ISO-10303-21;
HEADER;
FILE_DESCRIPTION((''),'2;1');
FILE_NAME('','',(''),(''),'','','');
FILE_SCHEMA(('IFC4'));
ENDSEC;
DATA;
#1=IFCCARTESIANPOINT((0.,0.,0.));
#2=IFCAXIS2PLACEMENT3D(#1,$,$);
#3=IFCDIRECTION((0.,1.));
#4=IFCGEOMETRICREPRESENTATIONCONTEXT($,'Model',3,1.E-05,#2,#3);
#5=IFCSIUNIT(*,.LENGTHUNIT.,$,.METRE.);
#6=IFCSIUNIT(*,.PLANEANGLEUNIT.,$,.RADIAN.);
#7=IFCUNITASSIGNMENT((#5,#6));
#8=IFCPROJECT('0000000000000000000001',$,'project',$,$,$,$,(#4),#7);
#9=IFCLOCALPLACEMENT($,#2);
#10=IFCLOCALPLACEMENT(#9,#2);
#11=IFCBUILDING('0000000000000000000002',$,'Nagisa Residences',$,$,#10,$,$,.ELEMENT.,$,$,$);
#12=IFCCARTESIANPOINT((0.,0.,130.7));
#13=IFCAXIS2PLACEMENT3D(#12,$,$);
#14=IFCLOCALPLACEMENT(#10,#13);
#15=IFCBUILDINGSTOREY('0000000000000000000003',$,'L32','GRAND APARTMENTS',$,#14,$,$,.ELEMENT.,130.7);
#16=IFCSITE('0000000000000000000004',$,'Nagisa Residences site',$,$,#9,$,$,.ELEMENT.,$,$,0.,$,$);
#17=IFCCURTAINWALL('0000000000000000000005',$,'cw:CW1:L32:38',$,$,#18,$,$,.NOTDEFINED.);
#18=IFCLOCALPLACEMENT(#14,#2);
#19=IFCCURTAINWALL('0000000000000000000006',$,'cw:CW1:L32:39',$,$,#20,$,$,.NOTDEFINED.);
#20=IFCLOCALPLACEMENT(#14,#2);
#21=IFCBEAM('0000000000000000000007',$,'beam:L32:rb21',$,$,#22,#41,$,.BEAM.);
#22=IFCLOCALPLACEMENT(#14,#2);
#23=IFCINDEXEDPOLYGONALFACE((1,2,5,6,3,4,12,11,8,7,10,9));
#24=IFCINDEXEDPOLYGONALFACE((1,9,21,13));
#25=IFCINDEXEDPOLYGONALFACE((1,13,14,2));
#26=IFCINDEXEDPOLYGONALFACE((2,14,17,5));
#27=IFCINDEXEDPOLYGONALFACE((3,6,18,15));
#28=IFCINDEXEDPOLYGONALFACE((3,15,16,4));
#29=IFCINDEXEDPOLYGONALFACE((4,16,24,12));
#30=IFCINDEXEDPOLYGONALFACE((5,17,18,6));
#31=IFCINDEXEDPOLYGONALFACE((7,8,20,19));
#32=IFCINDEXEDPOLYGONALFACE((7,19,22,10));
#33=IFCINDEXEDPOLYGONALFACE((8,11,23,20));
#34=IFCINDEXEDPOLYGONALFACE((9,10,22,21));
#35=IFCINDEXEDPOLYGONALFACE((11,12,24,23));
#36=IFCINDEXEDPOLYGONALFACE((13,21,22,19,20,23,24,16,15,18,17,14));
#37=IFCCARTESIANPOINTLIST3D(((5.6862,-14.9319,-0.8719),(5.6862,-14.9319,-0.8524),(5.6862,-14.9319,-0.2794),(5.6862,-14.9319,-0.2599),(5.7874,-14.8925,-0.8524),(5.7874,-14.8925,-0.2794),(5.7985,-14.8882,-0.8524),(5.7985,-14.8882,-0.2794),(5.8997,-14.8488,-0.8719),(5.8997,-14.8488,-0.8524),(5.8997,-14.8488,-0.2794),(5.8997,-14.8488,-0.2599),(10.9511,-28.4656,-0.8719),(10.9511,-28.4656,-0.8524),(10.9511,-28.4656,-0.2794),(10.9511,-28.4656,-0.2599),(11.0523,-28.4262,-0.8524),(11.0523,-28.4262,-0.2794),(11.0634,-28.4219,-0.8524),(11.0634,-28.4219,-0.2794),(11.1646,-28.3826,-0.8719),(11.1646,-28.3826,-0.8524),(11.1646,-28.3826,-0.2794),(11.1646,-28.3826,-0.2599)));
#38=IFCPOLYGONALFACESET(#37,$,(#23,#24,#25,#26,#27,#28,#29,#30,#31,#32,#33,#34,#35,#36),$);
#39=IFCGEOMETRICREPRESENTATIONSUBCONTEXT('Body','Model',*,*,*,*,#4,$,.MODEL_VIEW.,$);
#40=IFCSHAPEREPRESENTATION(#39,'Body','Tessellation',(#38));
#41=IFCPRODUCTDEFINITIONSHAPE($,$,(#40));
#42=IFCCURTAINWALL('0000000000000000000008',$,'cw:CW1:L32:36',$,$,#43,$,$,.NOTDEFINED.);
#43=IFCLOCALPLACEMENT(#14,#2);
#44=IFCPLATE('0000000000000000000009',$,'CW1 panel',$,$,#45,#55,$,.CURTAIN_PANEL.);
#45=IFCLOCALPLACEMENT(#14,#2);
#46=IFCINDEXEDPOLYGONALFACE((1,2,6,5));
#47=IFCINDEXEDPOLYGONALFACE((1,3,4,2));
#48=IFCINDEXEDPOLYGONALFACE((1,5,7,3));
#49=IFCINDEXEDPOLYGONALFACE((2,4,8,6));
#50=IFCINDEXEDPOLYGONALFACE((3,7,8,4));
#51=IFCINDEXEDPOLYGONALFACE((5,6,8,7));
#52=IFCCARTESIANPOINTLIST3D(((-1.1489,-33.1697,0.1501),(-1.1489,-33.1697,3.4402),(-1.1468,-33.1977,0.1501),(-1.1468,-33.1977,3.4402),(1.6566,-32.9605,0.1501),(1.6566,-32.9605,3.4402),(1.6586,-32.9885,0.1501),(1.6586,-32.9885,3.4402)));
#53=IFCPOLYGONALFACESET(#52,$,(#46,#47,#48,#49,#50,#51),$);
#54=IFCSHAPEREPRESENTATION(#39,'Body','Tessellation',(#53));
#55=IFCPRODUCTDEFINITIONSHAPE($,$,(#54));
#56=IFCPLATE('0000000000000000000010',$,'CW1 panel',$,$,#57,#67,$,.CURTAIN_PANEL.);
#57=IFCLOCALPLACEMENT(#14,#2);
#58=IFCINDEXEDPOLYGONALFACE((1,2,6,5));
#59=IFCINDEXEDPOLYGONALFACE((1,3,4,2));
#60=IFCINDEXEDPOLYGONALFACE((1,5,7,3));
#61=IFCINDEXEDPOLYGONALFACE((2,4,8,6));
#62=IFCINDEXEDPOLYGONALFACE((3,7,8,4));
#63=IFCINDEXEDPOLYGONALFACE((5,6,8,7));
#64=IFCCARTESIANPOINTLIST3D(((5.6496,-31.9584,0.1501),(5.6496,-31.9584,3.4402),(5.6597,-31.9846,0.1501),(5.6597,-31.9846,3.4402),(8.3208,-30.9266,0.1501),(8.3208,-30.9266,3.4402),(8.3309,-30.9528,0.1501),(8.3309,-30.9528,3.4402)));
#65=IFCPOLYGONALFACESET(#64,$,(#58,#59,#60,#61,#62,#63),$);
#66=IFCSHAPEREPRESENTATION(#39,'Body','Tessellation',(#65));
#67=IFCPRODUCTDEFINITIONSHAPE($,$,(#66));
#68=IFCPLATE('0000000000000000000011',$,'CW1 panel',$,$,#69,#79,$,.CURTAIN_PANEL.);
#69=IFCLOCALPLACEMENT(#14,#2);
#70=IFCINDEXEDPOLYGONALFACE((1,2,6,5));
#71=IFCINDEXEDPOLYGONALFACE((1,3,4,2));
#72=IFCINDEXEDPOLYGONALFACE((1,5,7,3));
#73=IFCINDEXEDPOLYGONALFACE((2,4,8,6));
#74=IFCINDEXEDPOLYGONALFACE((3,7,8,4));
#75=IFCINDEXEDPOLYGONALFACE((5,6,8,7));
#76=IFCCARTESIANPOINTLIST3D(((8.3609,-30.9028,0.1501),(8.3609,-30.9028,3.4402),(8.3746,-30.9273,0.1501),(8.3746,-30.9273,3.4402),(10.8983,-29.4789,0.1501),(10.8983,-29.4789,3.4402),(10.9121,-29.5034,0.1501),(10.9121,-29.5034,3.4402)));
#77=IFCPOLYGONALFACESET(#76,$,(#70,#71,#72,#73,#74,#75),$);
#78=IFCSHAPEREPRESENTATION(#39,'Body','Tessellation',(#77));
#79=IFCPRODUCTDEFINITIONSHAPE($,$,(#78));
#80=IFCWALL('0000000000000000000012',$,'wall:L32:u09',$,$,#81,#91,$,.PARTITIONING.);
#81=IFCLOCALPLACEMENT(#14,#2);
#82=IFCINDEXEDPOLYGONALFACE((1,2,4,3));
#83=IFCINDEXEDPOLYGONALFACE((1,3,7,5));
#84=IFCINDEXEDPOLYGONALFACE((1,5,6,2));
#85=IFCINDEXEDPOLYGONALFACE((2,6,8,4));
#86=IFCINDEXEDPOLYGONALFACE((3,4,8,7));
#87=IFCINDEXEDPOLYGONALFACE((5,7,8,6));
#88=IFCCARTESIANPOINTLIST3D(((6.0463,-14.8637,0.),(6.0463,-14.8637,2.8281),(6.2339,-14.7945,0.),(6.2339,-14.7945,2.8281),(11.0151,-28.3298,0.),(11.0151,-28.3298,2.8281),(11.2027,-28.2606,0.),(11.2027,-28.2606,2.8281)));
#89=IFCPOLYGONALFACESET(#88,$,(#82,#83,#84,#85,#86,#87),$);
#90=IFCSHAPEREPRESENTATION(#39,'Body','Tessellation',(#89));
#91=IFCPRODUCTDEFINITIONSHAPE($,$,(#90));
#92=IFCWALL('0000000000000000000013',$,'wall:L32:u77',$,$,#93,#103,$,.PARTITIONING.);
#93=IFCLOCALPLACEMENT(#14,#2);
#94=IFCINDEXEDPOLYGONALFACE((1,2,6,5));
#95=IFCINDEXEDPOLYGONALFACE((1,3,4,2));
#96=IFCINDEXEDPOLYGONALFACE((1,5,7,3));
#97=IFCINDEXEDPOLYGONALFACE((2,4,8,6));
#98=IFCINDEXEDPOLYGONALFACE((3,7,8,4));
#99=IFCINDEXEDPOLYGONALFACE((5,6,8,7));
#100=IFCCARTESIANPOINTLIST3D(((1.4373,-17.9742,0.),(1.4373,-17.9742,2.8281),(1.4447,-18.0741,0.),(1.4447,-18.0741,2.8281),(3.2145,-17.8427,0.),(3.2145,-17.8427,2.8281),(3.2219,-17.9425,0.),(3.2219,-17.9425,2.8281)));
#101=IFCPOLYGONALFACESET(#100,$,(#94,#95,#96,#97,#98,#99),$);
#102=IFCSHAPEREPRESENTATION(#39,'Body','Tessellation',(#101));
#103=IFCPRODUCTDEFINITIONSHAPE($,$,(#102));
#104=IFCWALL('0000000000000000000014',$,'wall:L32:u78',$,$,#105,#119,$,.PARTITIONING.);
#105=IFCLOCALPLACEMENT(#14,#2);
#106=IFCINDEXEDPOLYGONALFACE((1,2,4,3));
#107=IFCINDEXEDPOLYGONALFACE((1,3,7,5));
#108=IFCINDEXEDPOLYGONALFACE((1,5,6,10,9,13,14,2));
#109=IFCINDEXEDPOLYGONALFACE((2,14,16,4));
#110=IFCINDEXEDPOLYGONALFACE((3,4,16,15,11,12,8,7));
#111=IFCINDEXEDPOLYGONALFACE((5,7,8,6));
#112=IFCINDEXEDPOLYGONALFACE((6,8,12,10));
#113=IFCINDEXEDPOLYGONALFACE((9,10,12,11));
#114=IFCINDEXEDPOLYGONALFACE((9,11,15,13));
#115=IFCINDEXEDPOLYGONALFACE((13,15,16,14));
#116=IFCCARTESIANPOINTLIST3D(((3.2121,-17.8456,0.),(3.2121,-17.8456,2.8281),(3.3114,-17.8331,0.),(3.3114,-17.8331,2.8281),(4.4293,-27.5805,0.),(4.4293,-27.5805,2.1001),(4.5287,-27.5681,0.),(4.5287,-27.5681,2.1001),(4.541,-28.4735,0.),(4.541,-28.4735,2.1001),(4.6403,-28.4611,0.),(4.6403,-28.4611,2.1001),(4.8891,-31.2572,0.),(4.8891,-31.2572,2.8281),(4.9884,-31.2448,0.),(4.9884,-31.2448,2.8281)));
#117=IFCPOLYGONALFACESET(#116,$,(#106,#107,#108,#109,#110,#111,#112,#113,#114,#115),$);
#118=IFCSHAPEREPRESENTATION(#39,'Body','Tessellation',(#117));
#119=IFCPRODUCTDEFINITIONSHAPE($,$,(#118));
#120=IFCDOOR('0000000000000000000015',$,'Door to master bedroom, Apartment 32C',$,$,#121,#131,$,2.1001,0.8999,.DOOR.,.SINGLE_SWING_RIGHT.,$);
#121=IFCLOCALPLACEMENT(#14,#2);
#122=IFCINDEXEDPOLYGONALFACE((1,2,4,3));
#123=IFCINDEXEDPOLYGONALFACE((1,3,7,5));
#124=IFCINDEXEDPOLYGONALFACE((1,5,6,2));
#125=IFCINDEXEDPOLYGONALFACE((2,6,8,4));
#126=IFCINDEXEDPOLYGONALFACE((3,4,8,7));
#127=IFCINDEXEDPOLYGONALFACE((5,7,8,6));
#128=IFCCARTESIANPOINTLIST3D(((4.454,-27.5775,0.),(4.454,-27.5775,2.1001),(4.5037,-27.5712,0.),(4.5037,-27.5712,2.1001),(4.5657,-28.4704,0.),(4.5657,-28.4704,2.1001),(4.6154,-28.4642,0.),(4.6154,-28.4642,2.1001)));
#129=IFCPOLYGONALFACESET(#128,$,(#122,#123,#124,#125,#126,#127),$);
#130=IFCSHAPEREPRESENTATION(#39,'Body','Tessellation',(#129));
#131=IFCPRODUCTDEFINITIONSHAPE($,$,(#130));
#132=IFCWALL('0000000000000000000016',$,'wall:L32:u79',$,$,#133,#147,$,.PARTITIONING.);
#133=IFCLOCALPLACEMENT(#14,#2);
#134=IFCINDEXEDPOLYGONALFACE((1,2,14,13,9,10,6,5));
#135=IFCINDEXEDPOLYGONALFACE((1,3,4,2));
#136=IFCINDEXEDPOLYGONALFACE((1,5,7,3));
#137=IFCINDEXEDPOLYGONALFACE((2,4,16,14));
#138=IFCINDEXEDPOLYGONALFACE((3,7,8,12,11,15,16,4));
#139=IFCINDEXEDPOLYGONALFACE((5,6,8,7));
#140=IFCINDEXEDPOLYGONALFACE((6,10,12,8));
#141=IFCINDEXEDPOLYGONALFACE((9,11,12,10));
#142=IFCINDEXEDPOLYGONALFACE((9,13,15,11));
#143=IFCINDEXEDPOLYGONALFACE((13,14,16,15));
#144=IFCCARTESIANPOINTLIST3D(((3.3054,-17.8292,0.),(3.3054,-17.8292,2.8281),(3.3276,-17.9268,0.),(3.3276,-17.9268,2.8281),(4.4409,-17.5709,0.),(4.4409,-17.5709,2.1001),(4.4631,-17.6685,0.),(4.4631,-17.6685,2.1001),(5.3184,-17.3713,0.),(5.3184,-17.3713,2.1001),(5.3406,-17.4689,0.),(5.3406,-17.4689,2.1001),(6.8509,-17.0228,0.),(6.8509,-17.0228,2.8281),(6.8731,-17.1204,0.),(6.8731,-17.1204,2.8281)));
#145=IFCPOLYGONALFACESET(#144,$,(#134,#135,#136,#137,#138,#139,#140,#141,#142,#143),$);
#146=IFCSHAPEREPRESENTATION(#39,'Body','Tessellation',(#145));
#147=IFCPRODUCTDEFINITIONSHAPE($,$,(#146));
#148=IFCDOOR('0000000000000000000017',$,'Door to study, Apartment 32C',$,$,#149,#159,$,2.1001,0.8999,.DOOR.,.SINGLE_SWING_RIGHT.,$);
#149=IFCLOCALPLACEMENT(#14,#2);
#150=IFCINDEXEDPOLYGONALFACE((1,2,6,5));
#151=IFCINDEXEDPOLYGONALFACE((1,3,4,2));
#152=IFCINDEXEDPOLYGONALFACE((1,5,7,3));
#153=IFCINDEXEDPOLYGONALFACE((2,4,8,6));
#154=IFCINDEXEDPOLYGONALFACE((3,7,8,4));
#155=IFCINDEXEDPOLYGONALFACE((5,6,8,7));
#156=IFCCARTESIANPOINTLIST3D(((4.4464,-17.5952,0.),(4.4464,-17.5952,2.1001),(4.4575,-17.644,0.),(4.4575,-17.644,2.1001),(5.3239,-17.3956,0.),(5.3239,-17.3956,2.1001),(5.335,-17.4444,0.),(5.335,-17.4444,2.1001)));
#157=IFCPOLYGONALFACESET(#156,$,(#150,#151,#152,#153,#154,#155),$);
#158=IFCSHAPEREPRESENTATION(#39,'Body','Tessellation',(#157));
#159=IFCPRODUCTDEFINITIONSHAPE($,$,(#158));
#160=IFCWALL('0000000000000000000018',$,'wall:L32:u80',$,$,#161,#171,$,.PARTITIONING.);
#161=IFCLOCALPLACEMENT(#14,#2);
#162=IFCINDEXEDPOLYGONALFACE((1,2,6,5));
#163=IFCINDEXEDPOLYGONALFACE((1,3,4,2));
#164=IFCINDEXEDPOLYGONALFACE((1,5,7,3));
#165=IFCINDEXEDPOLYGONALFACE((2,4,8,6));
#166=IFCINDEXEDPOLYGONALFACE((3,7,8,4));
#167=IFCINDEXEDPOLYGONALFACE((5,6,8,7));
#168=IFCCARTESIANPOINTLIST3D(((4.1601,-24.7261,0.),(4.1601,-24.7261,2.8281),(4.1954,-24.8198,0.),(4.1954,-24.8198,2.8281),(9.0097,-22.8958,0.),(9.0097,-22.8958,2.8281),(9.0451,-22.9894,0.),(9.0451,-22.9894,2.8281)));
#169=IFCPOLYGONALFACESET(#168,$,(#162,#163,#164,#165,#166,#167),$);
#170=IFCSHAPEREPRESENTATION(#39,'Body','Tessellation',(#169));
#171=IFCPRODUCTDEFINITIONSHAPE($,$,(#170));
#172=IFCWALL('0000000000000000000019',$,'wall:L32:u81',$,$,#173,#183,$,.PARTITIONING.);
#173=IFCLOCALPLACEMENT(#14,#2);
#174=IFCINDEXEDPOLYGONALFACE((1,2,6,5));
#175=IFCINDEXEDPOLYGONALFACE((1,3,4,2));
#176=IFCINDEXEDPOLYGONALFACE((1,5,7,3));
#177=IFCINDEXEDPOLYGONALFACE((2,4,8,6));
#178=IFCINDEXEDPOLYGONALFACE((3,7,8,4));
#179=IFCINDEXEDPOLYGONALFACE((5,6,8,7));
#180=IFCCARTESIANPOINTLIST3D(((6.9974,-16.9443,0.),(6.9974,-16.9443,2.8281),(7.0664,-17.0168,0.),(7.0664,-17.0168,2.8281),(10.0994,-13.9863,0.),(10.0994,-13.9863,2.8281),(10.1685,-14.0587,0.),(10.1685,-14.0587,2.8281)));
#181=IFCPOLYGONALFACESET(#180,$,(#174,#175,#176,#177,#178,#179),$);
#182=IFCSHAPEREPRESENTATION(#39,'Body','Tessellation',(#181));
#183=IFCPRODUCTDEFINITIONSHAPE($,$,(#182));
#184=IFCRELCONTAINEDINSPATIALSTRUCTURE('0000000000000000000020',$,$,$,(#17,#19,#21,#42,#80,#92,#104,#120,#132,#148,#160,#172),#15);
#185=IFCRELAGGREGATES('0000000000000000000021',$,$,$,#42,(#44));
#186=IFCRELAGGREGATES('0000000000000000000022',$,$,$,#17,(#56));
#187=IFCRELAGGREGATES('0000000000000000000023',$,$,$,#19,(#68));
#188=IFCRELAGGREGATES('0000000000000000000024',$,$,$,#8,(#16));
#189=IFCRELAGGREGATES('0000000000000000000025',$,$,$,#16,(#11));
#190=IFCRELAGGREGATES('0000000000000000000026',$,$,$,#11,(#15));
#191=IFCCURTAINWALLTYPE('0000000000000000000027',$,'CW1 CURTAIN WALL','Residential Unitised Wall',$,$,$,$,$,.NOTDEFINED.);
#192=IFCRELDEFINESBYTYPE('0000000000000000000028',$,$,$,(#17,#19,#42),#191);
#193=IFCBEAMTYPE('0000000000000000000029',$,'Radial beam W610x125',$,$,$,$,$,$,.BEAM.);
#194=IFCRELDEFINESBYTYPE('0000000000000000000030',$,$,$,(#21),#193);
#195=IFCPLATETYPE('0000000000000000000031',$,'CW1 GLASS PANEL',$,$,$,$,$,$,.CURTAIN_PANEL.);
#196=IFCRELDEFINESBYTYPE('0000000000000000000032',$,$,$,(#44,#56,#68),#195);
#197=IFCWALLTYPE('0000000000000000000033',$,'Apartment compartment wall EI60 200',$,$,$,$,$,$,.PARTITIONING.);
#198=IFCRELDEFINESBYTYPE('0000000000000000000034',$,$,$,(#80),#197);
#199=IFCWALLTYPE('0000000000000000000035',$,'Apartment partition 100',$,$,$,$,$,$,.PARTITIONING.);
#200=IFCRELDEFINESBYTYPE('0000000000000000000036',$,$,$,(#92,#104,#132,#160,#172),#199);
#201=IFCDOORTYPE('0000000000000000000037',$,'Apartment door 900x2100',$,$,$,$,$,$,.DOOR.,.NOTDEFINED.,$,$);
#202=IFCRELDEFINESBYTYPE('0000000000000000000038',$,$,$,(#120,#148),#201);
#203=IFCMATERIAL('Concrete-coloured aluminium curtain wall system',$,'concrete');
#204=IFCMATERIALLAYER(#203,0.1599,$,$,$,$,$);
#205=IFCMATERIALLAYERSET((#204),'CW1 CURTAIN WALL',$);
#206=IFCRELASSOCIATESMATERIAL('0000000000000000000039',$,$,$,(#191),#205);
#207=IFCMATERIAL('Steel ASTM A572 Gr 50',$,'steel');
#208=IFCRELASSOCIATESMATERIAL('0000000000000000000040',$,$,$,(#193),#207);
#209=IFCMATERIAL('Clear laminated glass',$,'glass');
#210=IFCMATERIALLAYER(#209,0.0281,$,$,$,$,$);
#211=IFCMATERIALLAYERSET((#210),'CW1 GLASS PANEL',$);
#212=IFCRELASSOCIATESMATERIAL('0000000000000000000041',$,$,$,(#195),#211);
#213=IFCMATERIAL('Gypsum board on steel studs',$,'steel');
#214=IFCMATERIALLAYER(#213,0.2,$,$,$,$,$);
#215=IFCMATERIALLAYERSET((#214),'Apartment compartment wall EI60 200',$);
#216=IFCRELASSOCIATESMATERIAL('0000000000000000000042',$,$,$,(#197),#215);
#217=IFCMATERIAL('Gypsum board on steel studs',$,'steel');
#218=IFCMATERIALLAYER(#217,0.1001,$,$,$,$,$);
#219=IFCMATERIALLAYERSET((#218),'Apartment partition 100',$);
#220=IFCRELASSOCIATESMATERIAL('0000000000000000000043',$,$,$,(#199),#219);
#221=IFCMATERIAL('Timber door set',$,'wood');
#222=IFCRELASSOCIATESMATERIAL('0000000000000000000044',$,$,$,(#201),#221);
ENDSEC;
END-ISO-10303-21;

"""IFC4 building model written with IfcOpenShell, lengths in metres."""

from ifc_helpers import new_model, si_unit, direction, frame, frame_2d, origin, origin_2d, place, context, subcontext, project, spatial, rectangle, i_section, extrude, material, layer, layer_set, material_profile, profile_set, type_object, element, fill, aggregate, save


model = new_model("IFC4")

# Units and contexts
model_context = context("Model", 3, precision=1e-05, world=origin(), true_north=direction((0.0, 1.0)))
body_context = subcontext(model_context, "Body", "Model", "MODEL_VIEW")
ifc_project = project(units=[si_unit("LENGTHUNIT", "METRE"), si_unit("PLANEANGLEUNIT", "RADIAN")], contexts=[model_context])

# Site, building, storey
site_placement = place(None, origin())
site = spatial("IfcSite", under=ifc_project, at=site_placement, Name="Nagisa Residences site", CompositionType="ELEMENT", RefElevation=0.0)
building_placement = place(site_placement, origin())
building = spatial("IfcBuilding", under=site, at=building_placement, Name="Nagisa Residences", CompositionType="ELEMENT")
storey_placement = place(building_placement, frame((0.0, 0.0, 130.7)))
storey = spatial("IfcBuildingStorey", under=building, at=storey_placement, Name="L32", Description="GRAND APARTMENTS", CompositionType="ELEMENT", Elevation=130.7)

# Curtain walls
ifc_material_1 = material(Name="Concrete-coloured aluminium curtain wall system", Category="concrete")
ifc_layer_1 = layer(ifc_material_1, 0.1599)
ifc_layer_set_1 = layer_set([ifc_layer_1], Name="CW1 CURTAIN WALL")
curtain_wall_type = type_object("IfcCurtainWallType", Name="CW1 CURTAIN WALL", Description="Residential Unitised Wall", PredefinedType="NOTDEFINED", material=ifc_layer_set_1)
curtain_wall_1_placement = place(storey_placement, origin())
curtain_wall_1 = element("IfcCurtainWall", 1, at=curtain_wall_1_placement, inside=storey, type_object=curtain_wall_type, Name="cw:CW1:L32:38", PredefinedType="NOTDEFINED")
curtain_wall_2_placement = place(storey_placement, origin())
curtain_wall_2 = element("IfcCurtainWall", 2, at=curtain_wall_2_placement, inside=storey, type_object=curtain_wall_type, Name="cw:CW1:L32:39", PredefinedType="NOTDEFINED")

# Beam
ifc_material_2 = material(Name="Steel ASTM A572 Gr 50", Category="steel")
ifc_material_profile_1 = material_profile(ifc_material_2, i_section(OverallWidth=0.229, OverallDepth=0.6121, WebThickness=0.012, FlangeThickness=0.0195, at=origin_2d()), Name="W610x125")
ifc_profile_set_1 = profile_set([ifc_material_profile_1], Name="Steel ASTM A572 Gr 50")
beam_type_1 = type_object("IfcBeamType", Name="Radial beam W610x125", PredefinedType="BEAM", material=ifc_profile_set_1)
beam_1_placement = place(storey_placement, frame((11.0579, -28.4241, -0.5659), z_axis=(-0.362553, 0.931963, 0.0), x_axis=(-0.931963, -0.362553, 0.0)))
element("IfcBeam", 3, at=beam_1_placement, inside=storey, type_object=beam_type_1, Name="beam:L32:rb21", PredefinedType="BEAM", context=body_context, shape_type="SweptSolid", body=[
    extrude(i_section(OverallWidth=0.229, OverallDepth=0.6121, WebThickness=0.012, FlangeThickness=0.0195, at=origin_2d()), origin(), (0.0, 0.0, 1.0), 14.5217),
])

# Curtain wall, plate
curtain_wall_3_placement = place(storey_placement, origin())
curtain_wall_3 = element("IfcCurtainWall", 4, at=curtain_wall_3_placement, inside=storey, type_object=curtain_wall_type, Name="cw:CW1:L32:36", PredefinedType="NOTDEFINED")
ifc_material_3 = material(Name="Clear laminated glass", Category="glass")
ifc_layer_2 = layer(ifc_material_3, 0.0281)
ifc_layer_set_2 = layer_set([ifc_layer_2], Name="CW1 GLASS PANEL")
plate_type = type_object("IfcPlateType", Name="CW1 GLASS PANEL", PredefinedType="CURTAIN_PANEL", material=ifc_layer_set_2)
plate_1_placement = place(storey_placement, frame((0.2549, -33.0791, 0.1501), z_axis=(0.0, 0.0, 1.0), x_axis=(0.99723, 0.074377, 0.0)))
plate_1 = element("IfcPlate", 5, at=plate_1_placement, type_object=plate_type, Name="CW1 panel", PredefinedType="CURTAIN_PANEL", context=body_context, shape_type="SweptSolid", body=[
    extrude(rectangle(XDim=2.8132, YDim=0.0281, at=origin_2d()), origin(), (0.0, 0.0, 1.0), 3.29),
])
aggregate(curtain_wall_3, [plate_1])

# Plates
plate_2_placement = place(storey_placement, frame((6.9902, -31.4556, 0.1501), z_axis=(0.0, 0.0, 1.0), x_axis=(0.932826, 0.360328, 0.0)))
plate_2 = element("IfcPlate", 6, at=plate_2_placement, type_object=plate_type, Name="CW1 panel", PredefinedType="CURTAIN_PANEL", context=body_context, shape_type="SweptSolid", body=[
    extrude(rectangle(XDim=2.8635, YDim=0.0281, at=origin_2d()), origin(), (0.0, 0.0, 1.0), 3.29),
])
aggregate(curtain_wall_1, [plate_2])
plate_3_placement = place(storey_placement, frame((9.6365, -30.2031, 0.1501), z_axis=(0.0, 0.0, 1.0), x_axis=(0.872072, 0.489377, 0.0)))
plate_3 = element("IfcPlate", 7, at=plate_3_placement, type_object=plate_type, Name="CW1 panel", PredefinedType="CURTAIN_PANEL", context=body_context, shape_type="SweptSolid", body=[
    extrude(rectangle(XDim=2.9097, YDim=0.0281, at=origin_2d()), origin(), (0.0, 0.0, 1.0), 3.29),
])
aggregate(curtain_wall_2, [plate_3])

# Walls
ifc_material_4 = material(Name="Gypsum board on steel studs", Category="steel")
ifc_layer_3 = layer(ifc_material_4, 0.2)
ifc_layer_set_3 = layer_set([ifc_layer_3], Name="Apartment compartment wall EI60 200")
wall_type_1 = type_object("IfcWallType", Name="Apartment compartment wall EI60 200", PredefinedType="PARTITIONING", material=ifc_layer_set_3)
wall_1_placement = place(storey_placement, frame((6.1401, -14.8291, 0.0), z_axis=(0.0, 0.0, 1.0), x_axis=(0.34617, -0.938172, 0.0)))
element("IfcWall", 8, at=wall_1_placement, inside=storey, type_object=wall_type_1, Name="wall:L32:u09", PredefinedType="PARTITIONING", context=body_context, shape_type="SweptSolid", body=[
    extrude(rectangle(XDim=14.3535, YDim=0.2, at=frame_2d((7.1768, 0.0))), origin(), (0.0, 0.0, 1.0), 2.8281),
])
ifc_material_5 = material(Name="Gypsum board on steel studs", Category="steel")
ifc_layer_4 = layer(ifc_material_5, 0.1001)
ifc_layer_set_4 = layer_set([ifc_layer_4], Name="Apartment partition 100")
wall_type_2 = type_object("IfcWallType", Name="Apartment partition 100", PredefinedType="PARTITIONING", material=ifc_layer_set_4)
wall_2_placement = place(storey_placement, frame((1.4409, -18.0242, 0.0), z_axis=(0.0, 0.0, 1.0), x_axis=(0.99727, 0.073846, 0.0)))
element("IfcWall", 9, at=wall_2_placement, inside=storey, type_object=wall_type_2, Name="wall:L32:u77", PredefinedType="PARTITIONING", context=body_context, shape_type="SweptSolid", body=[
    extrude(rectangle(XDim=1.782, YDim=0.1001, at=frame_2d((0.8911, 0.0))), origin(), (0.0, 0.0, 1.0), 2.8281),
])

# Walls, openings, doors
wall_3_placement = place(storey_placement, frame((3.2617, -17.8394, 0.0), z_axis=(0.0, 0.0, 1.0), x_axis=(0.124075, -0.992273, 0.0)))
wall_3 = element("IfcWall", 10, at=wall_3_placement, inside=storey, type_object=wall_type_2, Name="wall:L32:u78", PredefinedType="PARTITIONING", context=body_context, shape_type="SweptSolid", body=[
    extrude(rectangle(XDim=13.5161, YDim=0.1001, at=frame_2d((6.7581, 0.0))), origin(), (0.0, 0.0, 1.0), 2.8281),
])
opening_1_placement = place(wall_3_placement, frame((9.8108, 0.0, 0.0)))
opening_1 = element("IfcOpeningElement", 11, at=opening_1_placement, cuts=wall_3, PredefinedType="OPENING", context=body_context, shape_type="SweptSolid", body=[
    extrude(rectangle(XDim=0.8999, YDim=2.1001, at=frame_2d((0.45, 1.05))), frame((0.0, 0.0601, 0.0), z_axis=(0.0, -1.0, 0.0), x_axis=(1.0, 0.0, 0.0)), (0.0, 0.0, 1.0), 0.1201),
])
ifc_material_6 = material(Name="Timber door set", Category="wood")
door_type_1 = type_object("IfcDoorType", Name="Apartment door 900x2100", OperationType="NOTDEFINED", PredefinedType="DOOR", material=ifc_material_6)
door_1_placement = place(opening_1_placement, origin())
door_1 = element("IfcDoor", 12, at=door_1_placement, inside=storey, type_object=door_type_1, Name="Door to master bedroom, Apartment 32C", OperationType="SINGLE_SWING_RIGHT", OverallHeight=2.1001, OverallWidth=0.8999, PredefinedType="DOOR", context=body_context, shape_type="SweptSolid", body=[
    extrude(rectangle(XDim=0.8999, YDim=2.1001, at=frame_2d((0.45, 1.05))), frame((0.0, 0.0249, 0.0), z_axis=(0.0, -1.0, 0.0), x_axis=(1.0, 0.0, 0.0)), (0.0, 0.0, 1.0), 0.05),
])
fill(opening_1, door_1)
wall_4_placement = place(storey_placement, frame((3.3167, -17.8779, 0.0), z_axis=(0.0, 0.0, 1.0), x_axis=(0.975096, 0.221784, 0.0)))
wall_4 = element("IfcWall", 13, at=wall_4_placement, inside=storey, type_object=wall_type_2, Name="wall:L32:u79", PredefinedType="PARTITIONING", context=body_context, shape_type="SweptSolid", body=[
    extrude(rectangle(XDim=3.636, YDim=0.1001, at=frame_2d((1.8179, 0.0))), origin(), (0.0, 0.0, 1.0), 2.8281),
])
opening_2_placement = place(wall_4_placement, frame((1.1643, 0.0, 0.0)))
opening_2 = element("IfcOpeningElement", 14, at=opening_2_placement, cuts=wall_4, PredefinedType="OPENING", context=body_context, shape_type="SweptSolid", body=[
    extrude(rectangle(XDim=0.8999, YDim=2.1001, at=frame_2d((0.45, 1.05))), frame((0.0, 0.0601, 0.0), z_axis=(0.0, -1.0, 0.0), x_axis=(1.0, 0.0, 0.0)), (0.0, 0.0, 1.0), 0.1201),
])
door_2_placement = place(opening_2_placement, frame((0.8999, 0.0, 0.0), x_axis=(-1.0, 0.0, 0.0)))
door_2 = element("IfcDoor", 15, at=door_2_placement, inside=storey, type_object=door_type_1, Name="Door to study, Apartment 32C", OperationType="SINGLE_SWING_RIGHT", OverallHeight=2.1001, OverallWidth=0.8999, PredefinedType="DOOR", context=body_context, shape_type="SweptSolid", body=[
    extrude(rectangle(XDim=0.8999, YDim=2.1001, at=frame_2d((0.45, 1.05))), frame((0.0, 0.0249, 0.0), z_axis=(0.0, -1.0, 0.0), x_axis=(1.0, 0.0, 0.0)), (0.0, 0.0, 1.0), 0.05),
])
fill(opening_2, door_2)

# Walls
wall_5_placement = place(storey_placement, frame((4.1777, -24.7729, 0.0), z_axis=(0.0, 0.0, 1.0), x_axis=(0.935584, 0.353105, 0.0)))
element("IfcWall", 16, at=wall_5_placement, inside=storey, type_object=wall_type_2, Name="wall:L32:u80", PredefinedType="PARTITIONING", context=body_context, shape_type="SweptSolid", body=[
    extrude(rectangle(XDim=5.1836, YDim=0.1001, at=frame_2d((2.5918, 0.0))), origin(), (0.0, 0.0, 1.0), 2.8281),
])
wall_6_placement = place(storey_placement, frame((7.032, -16.9805, 0.0), z_axis=(0.0, 0.0, 1.0), x_axis=(0.72371, 0.690104, 0.0)))
element("IfcWall", 17, at=wall_6_placement, inside=storey, type_object=wall_type_2, Name="wall:L32:u81", PredefinedType="PARTITIONING", context=body_context, shape_type="SweptSolid", body=[
    extrude(rectangle(XDim=4.2864, YDim=0.1001, at=frame_2d((2.1431, 0.0))), origin(), (0.0, 0.0, 1.0), 2.8281),
])

save(model, "model.ifc")
